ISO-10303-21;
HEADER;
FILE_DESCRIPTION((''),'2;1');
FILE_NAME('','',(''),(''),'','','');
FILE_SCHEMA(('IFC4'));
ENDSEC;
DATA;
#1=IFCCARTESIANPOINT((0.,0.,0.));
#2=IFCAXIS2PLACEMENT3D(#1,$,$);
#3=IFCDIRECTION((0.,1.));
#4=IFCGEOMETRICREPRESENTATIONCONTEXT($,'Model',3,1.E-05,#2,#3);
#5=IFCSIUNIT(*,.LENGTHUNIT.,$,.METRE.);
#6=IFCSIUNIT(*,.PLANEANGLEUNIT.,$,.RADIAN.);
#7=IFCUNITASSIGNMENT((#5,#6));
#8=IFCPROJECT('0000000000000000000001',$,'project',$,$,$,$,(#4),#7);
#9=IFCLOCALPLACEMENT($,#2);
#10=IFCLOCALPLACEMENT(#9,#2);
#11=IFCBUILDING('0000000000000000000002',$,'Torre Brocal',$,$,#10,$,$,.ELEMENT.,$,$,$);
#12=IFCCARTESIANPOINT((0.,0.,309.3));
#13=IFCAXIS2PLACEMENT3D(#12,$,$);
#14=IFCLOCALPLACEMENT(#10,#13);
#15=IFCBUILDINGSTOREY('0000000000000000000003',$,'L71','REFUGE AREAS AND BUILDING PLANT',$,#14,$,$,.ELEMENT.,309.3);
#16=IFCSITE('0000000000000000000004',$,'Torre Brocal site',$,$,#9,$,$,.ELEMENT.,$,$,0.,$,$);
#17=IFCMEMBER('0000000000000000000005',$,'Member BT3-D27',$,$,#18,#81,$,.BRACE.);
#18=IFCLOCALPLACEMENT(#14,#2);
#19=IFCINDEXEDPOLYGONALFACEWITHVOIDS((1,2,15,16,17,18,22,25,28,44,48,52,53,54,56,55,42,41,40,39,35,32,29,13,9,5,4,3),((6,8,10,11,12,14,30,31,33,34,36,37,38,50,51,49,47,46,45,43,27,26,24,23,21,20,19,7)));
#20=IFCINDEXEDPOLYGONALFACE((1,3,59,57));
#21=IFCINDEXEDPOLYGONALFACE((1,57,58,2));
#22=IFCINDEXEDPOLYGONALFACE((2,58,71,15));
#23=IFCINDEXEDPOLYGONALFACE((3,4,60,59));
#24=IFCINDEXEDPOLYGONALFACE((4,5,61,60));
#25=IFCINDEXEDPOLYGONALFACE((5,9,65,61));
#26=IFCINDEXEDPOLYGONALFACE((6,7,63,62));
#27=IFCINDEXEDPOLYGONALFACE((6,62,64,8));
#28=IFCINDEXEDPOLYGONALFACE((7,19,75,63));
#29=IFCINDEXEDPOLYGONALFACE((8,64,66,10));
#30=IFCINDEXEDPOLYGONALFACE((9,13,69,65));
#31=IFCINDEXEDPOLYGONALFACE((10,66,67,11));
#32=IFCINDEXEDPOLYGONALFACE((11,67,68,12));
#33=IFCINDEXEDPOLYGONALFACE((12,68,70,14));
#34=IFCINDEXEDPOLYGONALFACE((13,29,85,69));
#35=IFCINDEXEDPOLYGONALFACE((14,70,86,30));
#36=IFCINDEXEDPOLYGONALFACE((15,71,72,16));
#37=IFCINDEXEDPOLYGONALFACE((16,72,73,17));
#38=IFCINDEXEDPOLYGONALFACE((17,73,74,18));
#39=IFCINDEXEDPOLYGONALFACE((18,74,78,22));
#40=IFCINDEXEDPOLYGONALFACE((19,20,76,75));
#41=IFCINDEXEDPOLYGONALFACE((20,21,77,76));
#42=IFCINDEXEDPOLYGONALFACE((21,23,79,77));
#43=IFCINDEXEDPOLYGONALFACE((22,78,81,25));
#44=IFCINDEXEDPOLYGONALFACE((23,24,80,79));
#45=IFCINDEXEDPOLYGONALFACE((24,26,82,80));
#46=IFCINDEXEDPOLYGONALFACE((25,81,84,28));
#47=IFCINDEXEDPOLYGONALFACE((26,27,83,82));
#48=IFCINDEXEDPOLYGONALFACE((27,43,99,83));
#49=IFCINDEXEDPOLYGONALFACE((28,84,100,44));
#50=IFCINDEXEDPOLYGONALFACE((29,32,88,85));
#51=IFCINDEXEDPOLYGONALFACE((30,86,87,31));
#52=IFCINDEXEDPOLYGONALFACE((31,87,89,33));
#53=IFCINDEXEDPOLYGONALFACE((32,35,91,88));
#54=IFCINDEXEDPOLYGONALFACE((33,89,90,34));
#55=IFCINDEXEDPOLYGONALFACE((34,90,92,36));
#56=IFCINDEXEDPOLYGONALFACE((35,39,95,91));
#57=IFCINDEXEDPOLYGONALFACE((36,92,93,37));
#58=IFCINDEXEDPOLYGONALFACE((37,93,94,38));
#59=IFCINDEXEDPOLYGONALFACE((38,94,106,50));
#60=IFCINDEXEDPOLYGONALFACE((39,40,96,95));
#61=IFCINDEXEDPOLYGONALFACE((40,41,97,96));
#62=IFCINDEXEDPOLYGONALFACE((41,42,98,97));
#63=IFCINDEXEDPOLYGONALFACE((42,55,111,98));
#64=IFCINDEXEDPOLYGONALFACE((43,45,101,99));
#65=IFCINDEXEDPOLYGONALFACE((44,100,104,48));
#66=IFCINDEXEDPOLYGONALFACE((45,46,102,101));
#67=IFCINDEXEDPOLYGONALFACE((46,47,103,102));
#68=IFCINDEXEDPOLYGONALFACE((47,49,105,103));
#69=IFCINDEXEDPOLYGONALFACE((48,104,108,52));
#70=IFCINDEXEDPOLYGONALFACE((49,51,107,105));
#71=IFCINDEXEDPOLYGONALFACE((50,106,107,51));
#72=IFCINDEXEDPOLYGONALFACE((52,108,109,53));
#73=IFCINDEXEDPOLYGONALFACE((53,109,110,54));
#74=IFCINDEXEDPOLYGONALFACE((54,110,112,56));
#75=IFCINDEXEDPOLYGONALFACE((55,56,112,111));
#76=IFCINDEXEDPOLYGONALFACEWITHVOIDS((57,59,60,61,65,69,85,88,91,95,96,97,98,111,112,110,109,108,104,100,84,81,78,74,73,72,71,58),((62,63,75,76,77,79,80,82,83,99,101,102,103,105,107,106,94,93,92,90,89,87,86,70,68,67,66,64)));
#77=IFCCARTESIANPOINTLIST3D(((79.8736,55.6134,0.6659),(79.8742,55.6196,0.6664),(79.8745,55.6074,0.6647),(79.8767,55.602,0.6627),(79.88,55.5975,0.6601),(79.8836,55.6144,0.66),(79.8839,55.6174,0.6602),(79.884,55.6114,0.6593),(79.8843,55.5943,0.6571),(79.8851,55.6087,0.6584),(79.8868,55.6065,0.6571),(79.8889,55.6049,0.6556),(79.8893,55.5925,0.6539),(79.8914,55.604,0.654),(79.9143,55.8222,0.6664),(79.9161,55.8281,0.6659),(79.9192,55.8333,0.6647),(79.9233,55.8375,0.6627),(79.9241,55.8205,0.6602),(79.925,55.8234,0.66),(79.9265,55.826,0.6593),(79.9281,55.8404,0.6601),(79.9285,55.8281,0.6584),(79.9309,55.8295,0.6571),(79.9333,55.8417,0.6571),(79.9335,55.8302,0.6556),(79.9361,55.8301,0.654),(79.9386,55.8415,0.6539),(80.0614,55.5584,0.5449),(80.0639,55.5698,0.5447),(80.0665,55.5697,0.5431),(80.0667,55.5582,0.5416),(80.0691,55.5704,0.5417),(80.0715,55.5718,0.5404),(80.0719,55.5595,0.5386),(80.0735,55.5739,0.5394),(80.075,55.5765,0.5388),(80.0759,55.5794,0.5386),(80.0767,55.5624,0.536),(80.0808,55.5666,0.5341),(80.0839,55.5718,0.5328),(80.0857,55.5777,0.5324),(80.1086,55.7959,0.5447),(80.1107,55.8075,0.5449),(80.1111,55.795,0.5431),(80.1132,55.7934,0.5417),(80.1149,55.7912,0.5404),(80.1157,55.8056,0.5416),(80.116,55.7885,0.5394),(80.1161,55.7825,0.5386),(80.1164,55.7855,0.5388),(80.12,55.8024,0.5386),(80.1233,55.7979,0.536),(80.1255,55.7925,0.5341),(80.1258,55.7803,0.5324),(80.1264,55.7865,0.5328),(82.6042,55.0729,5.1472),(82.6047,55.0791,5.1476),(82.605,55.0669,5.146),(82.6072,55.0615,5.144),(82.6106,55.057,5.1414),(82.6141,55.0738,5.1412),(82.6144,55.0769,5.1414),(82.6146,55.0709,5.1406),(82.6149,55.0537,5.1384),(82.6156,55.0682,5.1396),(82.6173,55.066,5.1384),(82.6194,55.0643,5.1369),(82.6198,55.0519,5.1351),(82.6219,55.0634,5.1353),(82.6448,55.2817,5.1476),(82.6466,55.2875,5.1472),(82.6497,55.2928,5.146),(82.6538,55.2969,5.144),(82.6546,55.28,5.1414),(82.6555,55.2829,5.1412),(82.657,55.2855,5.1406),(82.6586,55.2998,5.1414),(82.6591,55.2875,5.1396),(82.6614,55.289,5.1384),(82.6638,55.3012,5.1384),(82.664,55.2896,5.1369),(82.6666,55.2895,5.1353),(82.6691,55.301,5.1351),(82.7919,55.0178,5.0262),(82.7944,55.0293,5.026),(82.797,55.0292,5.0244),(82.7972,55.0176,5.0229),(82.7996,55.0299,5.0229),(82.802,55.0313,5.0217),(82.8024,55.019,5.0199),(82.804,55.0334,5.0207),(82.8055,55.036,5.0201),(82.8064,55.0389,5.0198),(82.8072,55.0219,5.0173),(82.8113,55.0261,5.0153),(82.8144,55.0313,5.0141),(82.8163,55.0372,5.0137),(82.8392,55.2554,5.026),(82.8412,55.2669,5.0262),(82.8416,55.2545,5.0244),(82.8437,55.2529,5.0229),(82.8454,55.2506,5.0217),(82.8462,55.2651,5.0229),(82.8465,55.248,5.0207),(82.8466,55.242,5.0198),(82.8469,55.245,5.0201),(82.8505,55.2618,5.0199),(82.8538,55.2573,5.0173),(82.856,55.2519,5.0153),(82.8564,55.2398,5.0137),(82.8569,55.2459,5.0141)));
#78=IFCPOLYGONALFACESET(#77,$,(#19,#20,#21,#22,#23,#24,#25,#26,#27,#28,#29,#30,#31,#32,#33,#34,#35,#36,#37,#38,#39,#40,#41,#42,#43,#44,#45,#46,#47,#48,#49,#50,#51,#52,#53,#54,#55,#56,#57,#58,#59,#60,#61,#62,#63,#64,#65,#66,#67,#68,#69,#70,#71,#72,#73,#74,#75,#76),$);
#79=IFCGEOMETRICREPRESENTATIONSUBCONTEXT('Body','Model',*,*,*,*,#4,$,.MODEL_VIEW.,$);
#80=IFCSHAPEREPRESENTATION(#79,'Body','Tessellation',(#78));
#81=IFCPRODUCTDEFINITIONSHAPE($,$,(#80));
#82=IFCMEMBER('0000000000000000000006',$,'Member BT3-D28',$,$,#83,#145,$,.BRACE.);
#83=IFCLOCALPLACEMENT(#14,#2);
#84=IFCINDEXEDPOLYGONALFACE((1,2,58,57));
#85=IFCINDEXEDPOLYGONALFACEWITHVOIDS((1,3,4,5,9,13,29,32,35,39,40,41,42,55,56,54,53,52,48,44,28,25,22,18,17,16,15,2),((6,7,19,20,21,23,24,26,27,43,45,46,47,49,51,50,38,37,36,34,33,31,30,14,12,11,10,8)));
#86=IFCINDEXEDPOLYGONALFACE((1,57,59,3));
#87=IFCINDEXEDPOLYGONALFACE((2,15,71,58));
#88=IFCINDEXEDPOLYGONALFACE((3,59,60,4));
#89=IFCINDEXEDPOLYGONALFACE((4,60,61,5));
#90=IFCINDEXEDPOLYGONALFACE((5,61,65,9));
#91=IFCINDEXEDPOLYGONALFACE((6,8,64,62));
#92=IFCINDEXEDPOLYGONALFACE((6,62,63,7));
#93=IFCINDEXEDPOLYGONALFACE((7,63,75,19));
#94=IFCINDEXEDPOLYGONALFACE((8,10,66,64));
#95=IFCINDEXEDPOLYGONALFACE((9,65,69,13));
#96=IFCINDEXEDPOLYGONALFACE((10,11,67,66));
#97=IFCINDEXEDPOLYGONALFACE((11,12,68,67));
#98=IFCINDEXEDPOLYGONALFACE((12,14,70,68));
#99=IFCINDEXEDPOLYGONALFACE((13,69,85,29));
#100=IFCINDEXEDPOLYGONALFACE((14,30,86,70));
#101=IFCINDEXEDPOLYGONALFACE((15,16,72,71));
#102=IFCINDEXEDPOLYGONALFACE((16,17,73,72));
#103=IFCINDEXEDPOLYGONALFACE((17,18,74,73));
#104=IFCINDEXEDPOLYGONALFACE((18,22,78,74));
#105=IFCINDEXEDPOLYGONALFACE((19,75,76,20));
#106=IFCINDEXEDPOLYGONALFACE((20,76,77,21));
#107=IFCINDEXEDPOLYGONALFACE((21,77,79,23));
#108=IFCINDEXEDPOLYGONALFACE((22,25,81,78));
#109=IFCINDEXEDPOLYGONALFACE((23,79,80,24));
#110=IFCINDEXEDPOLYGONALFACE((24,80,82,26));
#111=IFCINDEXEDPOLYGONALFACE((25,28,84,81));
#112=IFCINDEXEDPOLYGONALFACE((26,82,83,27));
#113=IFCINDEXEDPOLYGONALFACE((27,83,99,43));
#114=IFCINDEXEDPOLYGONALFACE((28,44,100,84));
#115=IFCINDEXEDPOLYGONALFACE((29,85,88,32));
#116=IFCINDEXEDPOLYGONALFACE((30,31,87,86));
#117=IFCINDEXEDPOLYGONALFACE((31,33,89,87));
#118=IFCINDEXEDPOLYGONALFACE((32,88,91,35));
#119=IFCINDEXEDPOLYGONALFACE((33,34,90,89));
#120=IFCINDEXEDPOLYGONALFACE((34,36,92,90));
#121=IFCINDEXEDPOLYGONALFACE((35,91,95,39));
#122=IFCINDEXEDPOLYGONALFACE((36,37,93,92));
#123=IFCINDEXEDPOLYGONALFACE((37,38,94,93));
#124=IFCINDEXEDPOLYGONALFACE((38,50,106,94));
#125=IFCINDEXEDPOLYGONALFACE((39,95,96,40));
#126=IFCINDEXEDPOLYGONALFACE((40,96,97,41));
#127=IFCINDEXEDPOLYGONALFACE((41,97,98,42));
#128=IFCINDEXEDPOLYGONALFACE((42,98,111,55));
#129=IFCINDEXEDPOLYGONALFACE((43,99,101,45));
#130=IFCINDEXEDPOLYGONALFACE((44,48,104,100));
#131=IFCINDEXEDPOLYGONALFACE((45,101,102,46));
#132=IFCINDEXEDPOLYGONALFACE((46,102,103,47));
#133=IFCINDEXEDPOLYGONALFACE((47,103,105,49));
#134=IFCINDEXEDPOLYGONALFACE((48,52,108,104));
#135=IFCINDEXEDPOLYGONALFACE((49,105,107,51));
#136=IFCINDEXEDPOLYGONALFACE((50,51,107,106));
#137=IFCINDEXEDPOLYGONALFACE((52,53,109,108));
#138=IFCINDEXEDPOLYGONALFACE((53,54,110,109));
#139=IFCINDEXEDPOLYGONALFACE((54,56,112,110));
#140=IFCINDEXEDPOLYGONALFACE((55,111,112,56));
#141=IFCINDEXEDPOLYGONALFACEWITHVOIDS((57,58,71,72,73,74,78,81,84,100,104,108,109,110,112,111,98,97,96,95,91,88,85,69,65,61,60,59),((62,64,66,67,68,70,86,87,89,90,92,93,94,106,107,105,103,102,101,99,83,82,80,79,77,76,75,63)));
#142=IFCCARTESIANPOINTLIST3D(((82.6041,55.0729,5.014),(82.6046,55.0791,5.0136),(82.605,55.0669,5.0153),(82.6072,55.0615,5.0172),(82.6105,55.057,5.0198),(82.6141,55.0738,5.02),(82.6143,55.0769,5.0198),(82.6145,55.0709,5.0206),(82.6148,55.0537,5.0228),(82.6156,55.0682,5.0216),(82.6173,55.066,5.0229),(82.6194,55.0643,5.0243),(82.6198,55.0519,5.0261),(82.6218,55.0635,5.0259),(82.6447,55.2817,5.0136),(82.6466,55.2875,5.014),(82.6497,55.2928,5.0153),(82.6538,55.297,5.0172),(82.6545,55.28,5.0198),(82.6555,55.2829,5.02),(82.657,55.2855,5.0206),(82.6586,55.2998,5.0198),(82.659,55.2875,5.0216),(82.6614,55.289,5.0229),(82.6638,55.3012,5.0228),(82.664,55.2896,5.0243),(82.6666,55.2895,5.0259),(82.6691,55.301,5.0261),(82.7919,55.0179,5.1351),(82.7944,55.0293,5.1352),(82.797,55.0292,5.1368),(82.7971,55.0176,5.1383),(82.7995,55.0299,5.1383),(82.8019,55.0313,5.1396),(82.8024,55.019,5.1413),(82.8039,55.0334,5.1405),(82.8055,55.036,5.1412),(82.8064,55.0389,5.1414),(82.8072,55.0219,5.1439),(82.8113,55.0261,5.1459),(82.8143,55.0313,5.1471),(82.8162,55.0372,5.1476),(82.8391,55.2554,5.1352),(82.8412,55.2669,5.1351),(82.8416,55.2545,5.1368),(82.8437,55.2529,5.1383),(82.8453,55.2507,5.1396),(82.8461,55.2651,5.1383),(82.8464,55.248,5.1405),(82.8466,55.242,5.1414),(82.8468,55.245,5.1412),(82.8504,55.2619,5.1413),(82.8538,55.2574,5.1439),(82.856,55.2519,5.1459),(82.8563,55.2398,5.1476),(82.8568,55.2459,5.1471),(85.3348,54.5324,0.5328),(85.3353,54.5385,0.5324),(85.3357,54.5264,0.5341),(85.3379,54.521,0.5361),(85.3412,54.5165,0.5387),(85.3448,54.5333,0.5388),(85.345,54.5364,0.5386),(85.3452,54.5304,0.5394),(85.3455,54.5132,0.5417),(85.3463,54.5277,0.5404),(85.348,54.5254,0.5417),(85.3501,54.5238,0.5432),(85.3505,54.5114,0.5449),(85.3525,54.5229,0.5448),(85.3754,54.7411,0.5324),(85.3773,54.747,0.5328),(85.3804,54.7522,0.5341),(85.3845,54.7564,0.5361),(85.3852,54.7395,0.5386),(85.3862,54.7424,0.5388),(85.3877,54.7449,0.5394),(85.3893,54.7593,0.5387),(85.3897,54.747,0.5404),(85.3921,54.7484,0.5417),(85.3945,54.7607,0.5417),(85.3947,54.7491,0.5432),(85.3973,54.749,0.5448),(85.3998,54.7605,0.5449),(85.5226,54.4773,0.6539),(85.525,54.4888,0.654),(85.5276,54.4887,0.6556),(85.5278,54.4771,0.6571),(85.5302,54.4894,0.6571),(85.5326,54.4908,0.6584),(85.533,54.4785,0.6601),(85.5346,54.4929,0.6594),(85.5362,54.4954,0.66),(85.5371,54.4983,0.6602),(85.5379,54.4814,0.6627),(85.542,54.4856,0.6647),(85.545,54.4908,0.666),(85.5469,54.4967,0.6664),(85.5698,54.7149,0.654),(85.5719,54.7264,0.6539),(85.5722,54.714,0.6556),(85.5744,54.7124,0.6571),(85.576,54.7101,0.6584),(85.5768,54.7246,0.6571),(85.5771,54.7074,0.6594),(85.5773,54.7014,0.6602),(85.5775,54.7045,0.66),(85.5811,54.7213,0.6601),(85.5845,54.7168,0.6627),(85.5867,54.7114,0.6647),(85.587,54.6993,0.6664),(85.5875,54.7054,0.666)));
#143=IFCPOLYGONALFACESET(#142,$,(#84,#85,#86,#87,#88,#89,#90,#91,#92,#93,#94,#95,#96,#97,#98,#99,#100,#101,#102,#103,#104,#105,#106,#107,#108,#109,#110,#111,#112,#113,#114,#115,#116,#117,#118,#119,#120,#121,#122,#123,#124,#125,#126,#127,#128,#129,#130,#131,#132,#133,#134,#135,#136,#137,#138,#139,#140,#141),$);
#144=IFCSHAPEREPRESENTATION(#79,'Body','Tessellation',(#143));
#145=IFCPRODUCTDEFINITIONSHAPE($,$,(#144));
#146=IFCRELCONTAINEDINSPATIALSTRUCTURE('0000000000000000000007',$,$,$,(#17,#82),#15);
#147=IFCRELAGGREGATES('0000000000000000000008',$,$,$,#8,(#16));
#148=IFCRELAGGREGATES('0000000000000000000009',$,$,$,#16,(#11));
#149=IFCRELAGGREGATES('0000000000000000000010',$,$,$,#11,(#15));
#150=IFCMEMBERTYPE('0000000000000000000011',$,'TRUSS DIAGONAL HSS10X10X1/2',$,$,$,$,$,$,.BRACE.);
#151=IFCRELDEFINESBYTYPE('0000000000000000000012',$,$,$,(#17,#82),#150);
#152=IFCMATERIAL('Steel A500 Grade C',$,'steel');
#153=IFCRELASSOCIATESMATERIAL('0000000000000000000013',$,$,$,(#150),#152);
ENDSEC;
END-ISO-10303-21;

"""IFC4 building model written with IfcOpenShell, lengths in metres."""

from ifc_helpers import new_model, si_unit, direction, frame, origin, origin_2d, place, context, subcontext, project, spatial, hollow_rectangle, extrude, material, material_profile, profile_set, type_object, element, save


model = new_model("IFC4")

# Units and contexts
model_context = context("Model", 3, precision=1e-05, world=origin(), true_north=direction((0.0, 1.0)))
body_context = subcontext(model_context, "Body", "Model", "MODEL_VIEW")
ifc_project = project(units=[si_unit("LENGTHUNIT", "METRE"), si_unit("PLANEANGLEUNIT", "RADIAN")], contexts=[model_context])

# Site, building, storey
site_placement = place(None, origin())
site = spatial("IfcSite", under=ifc_project, at=site_placement, Name="Torre Brocal site", CompositionType="ELEMENT", RefElevation=0.0)
building_placement = place(site_placement, origin())
building = spatial("IfcBuilding", under=site, at=building_placement, Name="Torre Brocal", CompositionType="ELEMENT")
storey_placement = place(building_placement, frame((0.0, 0.0, 309.3)))
storey = spatial("IfcBuildingStorey", under=building, at=storey_placement, Name="L71", Description="REFUGE AREAS AND BUILDING PLANT", CompositionType="ELEMENT", Elevation=309.3)

# Members
ifc_material_1 = material(Name="Steel A500 Grade C", Category="steel")
ifc_material_profile_1 = material_profile(ifc_material_1, hollow_rectangle(XDim=0.2539, YDim=0.2539, WallThickness=0.0117, InnerFilletRadius=0.0117, OuterFilletRadius=0.0237, at=origin_2d()), Name="HSS10X10X1/2")
ifc_profile_set_1 = profile_set([ifc_material_profile_1], Name="Steel A500 Grade C")
member_type_1 = type_object("IfcMemberType", Name="TRUSS DIAGONAL HSS10X10X1/2", PredefinedType="BRACE", material=ifc_profile_set_1)
for number, where, z_axis, x_axis, name in (
    (1, (80.0, 55.7, 0.5994), (0.517595, -0.102464, 0.849468), (0.194193, 0.980963, 0.0), "Member BT3-D27"),
    (2, (82.7305, 55.1594, 5.0806), (0.517629, -0.102461, -0.849448), (0.194176, 0.980967, 0.0), "Member BT3-D28"),
):
    element("IfcMember", number, at=place(storey_placement, frame(where, z_axis=z_axis, x_axis=x_axis)), inside=storey, type_object=member_type_1, Name=name, PredefinedType="BRACE", context=body_context, shape_type="SweptSolid", body=[
        extrude(hollow_rectangle(XDim=0.2539, YDim=0.2539, WallThickness=0.0117, InnerFilletRadius=0.0117, OuterFilletRadius=0.0237, at=origin_2d()), origin(), (0.0, 0.0, 1.0), 5.2754),
    ])

save(model, "model.ifc")
